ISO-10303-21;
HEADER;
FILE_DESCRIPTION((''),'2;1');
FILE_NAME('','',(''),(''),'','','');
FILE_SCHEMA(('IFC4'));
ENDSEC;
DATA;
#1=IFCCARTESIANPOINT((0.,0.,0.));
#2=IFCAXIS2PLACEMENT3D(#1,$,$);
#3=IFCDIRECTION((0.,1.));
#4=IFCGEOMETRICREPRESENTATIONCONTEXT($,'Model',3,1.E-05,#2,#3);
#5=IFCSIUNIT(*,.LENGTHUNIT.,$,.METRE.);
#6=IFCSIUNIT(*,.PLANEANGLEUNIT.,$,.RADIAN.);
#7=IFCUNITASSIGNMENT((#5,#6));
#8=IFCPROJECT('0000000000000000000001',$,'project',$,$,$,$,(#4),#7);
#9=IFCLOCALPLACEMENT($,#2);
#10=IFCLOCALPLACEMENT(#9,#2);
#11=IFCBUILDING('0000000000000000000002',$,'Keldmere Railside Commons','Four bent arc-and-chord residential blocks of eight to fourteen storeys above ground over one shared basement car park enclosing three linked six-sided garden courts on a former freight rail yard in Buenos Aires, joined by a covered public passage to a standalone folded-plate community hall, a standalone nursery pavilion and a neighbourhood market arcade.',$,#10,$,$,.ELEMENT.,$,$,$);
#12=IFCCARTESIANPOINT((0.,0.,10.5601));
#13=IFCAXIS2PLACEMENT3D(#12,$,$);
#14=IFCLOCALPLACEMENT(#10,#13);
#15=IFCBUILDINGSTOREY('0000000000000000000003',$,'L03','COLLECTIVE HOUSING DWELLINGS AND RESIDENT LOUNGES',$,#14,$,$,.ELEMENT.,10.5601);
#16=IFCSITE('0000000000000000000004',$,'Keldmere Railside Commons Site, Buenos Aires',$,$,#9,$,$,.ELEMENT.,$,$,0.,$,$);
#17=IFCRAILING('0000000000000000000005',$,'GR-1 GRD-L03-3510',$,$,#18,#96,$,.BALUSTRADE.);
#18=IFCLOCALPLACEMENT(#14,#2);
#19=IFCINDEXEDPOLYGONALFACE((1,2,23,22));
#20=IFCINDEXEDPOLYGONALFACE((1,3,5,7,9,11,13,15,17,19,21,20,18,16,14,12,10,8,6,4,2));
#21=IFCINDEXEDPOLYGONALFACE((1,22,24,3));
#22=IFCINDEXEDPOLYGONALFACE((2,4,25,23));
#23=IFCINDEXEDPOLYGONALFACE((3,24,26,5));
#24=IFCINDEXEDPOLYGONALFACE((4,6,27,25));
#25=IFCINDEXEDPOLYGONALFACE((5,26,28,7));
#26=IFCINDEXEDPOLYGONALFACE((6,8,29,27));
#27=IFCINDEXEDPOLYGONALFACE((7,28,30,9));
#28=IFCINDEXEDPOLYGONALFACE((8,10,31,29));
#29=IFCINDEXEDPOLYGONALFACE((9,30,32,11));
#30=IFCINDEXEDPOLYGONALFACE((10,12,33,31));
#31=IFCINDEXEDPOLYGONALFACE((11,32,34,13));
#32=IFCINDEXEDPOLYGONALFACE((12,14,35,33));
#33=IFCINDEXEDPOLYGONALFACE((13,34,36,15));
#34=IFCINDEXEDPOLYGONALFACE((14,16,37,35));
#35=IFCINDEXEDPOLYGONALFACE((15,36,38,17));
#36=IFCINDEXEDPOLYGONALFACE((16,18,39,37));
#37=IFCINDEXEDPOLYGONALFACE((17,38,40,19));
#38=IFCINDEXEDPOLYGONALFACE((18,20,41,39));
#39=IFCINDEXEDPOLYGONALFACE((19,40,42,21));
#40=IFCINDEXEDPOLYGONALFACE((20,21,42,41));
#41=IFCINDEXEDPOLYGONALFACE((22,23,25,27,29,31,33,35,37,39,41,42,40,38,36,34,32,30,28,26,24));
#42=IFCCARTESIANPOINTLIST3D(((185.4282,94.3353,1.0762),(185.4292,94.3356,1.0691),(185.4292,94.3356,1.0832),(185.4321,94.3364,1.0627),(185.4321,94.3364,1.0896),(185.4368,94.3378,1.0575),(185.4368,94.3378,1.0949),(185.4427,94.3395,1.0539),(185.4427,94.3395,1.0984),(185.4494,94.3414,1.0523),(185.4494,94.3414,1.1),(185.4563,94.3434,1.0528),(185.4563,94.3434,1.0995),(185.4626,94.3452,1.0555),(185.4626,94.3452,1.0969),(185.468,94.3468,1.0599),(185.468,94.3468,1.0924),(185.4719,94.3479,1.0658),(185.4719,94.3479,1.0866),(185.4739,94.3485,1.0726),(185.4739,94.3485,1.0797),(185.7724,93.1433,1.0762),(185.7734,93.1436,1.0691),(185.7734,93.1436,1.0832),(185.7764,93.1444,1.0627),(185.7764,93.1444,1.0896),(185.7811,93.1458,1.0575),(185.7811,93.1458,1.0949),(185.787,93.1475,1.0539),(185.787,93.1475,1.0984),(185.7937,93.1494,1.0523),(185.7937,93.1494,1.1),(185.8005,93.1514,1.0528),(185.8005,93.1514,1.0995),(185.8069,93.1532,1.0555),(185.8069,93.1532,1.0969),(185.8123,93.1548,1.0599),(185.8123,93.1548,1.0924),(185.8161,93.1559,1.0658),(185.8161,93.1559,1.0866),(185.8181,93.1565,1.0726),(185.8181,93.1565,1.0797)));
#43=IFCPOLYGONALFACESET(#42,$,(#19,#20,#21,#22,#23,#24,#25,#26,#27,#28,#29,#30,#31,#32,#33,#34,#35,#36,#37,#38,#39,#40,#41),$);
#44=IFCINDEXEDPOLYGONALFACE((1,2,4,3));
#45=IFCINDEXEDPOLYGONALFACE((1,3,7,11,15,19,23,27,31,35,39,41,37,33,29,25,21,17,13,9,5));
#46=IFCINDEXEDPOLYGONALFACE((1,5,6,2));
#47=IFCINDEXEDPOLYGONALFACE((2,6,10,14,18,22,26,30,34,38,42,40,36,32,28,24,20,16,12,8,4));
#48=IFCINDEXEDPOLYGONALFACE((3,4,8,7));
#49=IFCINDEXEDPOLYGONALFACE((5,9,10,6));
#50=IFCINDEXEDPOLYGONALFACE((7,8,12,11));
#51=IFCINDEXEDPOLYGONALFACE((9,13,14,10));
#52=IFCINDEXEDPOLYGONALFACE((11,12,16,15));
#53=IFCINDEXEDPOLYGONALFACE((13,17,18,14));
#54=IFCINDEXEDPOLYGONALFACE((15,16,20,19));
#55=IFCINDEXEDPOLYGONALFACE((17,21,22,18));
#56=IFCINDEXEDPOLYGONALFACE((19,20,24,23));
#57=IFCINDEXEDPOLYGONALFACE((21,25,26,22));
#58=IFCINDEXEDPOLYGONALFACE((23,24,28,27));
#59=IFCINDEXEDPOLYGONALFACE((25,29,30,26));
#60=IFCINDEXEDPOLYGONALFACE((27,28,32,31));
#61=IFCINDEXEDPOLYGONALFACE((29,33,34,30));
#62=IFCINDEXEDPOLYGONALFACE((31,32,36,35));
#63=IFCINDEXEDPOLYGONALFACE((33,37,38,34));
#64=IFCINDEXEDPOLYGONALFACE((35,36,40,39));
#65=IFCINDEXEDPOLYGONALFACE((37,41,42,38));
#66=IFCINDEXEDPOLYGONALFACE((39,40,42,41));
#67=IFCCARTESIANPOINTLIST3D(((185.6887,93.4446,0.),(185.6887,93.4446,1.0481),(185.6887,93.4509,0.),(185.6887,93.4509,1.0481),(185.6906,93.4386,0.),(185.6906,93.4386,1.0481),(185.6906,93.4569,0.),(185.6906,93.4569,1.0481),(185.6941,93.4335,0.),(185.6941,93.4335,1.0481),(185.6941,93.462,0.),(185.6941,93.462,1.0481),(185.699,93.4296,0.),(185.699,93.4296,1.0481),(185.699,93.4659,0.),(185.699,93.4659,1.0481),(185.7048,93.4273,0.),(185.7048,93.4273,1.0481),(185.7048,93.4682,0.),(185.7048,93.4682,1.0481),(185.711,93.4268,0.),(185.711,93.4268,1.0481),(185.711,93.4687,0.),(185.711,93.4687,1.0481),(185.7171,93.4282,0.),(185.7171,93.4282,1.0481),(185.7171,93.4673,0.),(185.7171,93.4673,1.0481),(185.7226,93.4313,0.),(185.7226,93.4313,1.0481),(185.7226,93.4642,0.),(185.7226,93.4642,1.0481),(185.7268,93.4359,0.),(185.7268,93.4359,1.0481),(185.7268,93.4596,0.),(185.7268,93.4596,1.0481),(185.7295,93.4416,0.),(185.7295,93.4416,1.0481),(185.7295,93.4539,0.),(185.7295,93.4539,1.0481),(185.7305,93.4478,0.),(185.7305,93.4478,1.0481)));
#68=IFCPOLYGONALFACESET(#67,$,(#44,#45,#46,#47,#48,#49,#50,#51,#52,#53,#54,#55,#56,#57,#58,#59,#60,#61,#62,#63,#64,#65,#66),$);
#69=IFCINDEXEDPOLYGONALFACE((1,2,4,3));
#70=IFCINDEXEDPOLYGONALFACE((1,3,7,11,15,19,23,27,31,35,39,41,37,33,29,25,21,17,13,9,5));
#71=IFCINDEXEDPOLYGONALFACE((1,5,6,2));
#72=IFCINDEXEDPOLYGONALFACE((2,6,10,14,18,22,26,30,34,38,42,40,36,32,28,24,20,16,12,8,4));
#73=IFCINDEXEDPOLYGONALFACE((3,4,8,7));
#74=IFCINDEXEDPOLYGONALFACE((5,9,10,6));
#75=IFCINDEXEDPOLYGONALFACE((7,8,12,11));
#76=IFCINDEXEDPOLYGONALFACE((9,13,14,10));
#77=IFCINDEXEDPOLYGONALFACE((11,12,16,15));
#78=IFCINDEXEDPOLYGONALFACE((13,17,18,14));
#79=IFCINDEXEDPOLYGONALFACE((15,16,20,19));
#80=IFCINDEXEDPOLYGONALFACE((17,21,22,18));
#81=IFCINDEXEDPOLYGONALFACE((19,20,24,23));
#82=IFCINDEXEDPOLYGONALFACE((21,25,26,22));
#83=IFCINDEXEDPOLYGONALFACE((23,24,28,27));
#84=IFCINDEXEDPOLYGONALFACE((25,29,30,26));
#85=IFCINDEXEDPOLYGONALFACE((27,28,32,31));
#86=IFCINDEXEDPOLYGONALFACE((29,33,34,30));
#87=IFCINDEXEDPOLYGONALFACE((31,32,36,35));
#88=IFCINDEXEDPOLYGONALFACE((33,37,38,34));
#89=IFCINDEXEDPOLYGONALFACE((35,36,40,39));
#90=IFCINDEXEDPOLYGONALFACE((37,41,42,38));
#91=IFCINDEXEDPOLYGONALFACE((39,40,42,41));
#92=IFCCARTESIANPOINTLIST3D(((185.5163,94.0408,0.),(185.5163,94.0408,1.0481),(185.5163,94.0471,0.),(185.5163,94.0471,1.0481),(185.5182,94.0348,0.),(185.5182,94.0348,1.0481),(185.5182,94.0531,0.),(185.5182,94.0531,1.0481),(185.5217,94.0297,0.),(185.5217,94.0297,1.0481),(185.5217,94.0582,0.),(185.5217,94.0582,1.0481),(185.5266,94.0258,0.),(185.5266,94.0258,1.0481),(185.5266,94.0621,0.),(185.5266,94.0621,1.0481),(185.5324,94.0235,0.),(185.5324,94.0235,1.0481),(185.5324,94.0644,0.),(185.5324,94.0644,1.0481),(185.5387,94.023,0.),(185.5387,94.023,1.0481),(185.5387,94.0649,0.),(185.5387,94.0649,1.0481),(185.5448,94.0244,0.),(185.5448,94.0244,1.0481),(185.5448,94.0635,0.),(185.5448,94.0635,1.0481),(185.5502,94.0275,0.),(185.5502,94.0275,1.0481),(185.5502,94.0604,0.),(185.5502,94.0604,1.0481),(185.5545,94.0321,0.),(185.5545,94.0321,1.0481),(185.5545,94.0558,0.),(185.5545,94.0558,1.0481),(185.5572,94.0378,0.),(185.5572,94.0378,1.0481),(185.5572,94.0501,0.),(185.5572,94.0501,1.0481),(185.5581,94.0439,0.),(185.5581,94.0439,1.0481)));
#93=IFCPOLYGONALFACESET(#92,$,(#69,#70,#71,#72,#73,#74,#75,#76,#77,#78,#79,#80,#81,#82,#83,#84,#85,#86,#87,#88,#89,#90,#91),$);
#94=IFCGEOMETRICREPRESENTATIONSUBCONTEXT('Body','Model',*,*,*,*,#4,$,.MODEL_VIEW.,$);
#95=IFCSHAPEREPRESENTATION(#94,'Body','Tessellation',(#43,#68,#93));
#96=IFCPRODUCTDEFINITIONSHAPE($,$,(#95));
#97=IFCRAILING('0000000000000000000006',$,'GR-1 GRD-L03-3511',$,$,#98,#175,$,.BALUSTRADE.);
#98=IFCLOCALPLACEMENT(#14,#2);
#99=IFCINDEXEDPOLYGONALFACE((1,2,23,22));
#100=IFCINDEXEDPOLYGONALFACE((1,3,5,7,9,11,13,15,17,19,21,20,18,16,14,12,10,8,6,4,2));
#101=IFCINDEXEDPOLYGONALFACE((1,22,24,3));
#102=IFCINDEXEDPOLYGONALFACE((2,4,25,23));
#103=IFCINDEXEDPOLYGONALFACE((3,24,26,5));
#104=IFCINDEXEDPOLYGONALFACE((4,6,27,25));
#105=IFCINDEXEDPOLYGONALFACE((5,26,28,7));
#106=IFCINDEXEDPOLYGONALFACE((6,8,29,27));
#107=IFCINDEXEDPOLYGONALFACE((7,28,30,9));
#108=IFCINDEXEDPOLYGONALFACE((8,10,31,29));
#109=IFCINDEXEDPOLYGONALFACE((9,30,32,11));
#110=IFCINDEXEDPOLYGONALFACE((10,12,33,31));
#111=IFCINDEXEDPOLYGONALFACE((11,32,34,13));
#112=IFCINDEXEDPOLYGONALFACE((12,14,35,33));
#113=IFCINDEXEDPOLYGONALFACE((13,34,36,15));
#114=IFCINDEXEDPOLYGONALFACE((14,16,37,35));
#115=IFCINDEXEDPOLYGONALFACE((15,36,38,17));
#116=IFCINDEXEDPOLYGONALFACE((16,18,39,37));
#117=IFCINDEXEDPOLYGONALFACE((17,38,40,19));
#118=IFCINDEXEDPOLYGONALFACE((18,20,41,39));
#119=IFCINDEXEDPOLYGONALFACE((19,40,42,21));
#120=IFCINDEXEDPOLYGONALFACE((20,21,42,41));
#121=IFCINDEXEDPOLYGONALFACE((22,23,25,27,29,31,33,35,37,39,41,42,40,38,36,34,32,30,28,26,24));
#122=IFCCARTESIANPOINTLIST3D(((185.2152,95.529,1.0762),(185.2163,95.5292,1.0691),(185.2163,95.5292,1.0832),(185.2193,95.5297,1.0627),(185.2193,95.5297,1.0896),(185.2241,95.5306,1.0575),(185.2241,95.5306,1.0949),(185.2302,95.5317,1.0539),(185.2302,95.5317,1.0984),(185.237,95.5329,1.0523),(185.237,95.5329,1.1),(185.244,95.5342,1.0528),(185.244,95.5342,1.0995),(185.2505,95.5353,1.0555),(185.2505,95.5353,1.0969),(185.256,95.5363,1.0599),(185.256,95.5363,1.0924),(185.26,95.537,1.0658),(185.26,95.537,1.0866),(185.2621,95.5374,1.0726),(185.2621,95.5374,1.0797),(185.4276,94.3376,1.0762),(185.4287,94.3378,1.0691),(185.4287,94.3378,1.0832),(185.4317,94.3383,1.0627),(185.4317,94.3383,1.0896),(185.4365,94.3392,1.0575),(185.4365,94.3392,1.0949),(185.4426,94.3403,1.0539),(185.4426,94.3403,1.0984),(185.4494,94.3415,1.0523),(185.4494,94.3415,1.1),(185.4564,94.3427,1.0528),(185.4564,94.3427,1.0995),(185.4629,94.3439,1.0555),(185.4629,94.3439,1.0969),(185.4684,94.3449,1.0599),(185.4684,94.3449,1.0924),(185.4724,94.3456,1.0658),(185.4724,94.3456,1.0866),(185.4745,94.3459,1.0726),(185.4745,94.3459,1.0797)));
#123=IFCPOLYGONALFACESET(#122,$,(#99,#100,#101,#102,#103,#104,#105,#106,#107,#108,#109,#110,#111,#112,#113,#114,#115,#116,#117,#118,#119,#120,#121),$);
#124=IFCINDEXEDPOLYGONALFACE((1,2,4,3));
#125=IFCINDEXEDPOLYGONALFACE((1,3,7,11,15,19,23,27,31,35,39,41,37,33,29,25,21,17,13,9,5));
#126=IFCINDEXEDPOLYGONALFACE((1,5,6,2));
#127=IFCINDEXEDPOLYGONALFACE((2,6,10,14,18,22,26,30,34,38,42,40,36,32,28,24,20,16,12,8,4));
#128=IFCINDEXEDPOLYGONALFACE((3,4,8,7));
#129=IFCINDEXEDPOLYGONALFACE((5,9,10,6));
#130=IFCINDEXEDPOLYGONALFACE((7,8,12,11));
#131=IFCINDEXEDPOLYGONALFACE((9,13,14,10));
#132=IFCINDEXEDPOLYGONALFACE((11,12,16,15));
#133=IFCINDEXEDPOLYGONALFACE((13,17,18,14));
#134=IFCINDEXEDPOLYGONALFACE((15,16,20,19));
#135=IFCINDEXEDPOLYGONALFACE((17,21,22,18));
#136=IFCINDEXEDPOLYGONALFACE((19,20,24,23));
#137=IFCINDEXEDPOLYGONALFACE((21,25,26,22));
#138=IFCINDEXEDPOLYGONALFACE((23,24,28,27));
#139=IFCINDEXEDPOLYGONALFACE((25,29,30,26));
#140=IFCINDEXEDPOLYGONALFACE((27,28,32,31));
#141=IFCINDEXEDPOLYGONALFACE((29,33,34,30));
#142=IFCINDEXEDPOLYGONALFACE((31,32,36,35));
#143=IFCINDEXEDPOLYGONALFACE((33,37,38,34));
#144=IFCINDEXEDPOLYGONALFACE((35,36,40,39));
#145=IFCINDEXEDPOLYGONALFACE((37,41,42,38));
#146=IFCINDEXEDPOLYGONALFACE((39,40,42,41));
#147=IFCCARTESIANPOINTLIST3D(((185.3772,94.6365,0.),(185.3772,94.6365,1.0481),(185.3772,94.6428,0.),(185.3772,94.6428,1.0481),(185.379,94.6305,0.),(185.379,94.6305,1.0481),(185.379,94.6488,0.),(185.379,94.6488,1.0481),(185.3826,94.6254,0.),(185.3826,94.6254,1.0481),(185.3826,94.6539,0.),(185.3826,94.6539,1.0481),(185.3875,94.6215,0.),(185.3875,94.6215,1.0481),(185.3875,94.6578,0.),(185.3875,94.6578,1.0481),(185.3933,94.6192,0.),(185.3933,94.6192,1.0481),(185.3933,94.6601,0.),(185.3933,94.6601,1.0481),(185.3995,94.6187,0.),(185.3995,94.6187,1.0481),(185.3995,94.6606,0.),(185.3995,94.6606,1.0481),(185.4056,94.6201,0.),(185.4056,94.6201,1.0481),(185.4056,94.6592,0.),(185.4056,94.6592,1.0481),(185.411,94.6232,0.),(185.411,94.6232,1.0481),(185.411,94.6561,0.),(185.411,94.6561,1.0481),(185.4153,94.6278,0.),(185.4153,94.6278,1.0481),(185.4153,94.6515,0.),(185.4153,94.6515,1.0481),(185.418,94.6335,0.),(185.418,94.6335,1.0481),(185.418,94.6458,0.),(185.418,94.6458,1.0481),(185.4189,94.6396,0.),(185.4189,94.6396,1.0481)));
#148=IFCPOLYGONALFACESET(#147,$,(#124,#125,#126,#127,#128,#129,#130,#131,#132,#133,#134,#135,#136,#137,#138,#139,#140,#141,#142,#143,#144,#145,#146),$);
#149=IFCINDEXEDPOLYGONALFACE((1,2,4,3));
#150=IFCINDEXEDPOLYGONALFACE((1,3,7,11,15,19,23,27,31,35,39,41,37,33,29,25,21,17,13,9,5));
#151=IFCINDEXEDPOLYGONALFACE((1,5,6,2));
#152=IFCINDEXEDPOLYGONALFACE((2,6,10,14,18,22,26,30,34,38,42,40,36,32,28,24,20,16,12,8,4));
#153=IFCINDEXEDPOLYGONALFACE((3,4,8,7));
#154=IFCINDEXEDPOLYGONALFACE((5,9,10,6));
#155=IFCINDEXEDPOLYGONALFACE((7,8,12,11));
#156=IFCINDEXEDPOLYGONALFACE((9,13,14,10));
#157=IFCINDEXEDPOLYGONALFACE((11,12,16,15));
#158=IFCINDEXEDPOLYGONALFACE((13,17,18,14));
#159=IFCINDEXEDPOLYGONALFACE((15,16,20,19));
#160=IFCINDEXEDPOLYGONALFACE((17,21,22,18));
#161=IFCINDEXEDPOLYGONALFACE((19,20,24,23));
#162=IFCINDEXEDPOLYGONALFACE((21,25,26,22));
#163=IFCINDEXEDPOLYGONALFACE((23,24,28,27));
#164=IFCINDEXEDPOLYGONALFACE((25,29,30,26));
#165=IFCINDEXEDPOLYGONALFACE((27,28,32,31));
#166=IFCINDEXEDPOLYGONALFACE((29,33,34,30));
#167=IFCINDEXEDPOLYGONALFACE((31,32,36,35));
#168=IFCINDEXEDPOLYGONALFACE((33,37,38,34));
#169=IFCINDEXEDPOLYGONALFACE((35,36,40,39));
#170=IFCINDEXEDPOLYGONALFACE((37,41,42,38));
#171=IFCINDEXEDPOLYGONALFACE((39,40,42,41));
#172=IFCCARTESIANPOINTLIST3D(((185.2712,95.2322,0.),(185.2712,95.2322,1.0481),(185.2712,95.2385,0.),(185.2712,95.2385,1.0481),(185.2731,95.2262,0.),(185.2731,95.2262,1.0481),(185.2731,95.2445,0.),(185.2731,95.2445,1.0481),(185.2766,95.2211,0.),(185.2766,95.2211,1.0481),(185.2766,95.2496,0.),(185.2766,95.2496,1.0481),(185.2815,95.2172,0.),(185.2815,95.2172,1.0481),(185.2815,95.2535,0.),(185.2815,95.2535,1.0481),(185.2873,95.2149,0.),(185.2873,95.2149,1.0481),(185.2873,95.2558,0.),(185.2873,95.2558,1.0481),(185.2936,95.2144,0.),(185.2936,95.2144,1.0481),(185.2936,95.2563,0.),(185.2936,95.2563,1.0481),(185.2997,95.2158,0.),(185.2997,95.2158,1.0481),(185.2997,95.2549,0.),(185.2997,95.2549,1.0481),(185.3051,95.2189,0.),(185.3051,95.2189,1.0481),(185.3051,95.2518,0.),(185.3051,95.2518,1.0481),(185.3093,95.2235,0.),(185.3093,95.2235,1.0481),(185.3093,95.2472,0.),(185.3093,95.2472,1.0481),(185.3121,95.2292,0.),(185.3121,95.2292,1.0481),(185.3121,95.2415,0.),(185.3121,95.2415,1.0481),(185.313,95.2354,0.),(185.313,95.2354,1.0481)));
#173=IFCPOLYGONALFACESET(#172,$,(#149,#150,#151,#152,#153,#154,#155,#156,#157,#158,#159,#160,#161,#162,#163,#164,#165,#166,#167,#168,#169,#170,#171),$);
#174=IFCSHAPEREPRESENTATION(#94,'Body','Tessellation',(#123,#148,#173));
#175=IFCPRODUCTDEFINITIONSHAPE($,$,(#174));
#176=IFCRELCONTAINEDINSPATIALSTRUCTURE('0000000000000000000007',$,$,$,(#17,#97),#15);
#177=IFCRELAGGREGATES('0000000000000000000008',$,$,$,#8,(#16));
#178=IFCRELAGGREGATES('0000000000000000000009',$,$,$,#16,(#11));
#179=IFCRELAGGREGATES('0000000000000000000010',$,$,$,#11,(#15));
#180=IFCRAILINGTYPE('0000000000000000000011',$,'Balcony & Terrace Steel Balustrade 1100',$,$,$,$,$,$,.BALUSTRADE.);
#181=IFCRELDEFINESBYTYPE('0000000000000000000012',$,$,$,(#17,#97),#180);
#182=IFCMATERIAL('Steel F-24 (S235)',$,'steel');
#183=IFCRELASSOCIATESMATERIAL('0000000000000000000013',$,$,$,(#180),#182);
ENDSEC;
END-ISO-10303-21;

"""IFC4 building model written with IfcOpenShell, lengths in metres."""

from ifc_helpers import new_model, si_unit, direction, frame, origin, origin_2d, place, context, subcontext, project, spatial, circle, extrude, material, type_object, element, save


model = new_model("IFC4")

# Units and contexts
model_context = context("Model", 3, precision=1e-05, world=origin(), true_north=direction((0.0, 1.0)))
body_context = subcontext(model_context, "Body", "Model", "MODEL_VIEW")
ifc_project = project(units=[si_unit("LENGTHUNIT", "METRE"), si_unit("PLANEANGLEUNIT", "RADIAN")], contexts=[model_context])

# Site, building, storey
site_placement = place(None, origin())
site = spatial("IfcSite", under=ifc_project, at=site_placement, Name="Keldmere Railside Commons Site, Buenos Aires", CompositionType="ELEMENT", RefElevation=0.0)
building_placement = place(site_placement, origin())
building = spatial("IfcBuilding", under=site, at=building_placement, Name="Keldmere Railside Commons", Description="Four bent arc-and-chord residential blocks of eight to fourteen storeys above ground over one shared basement car park enclosing three linked six-sided garden courts on a former freight rail yard in Buenos Aires, joined by a covered public passage to a standalone folded-plate community hall, a standalone nursery pavilion and a neighbourhood market arcade.", CompositionType="ELEMENT")
storey_placement = place(building_placement, frame((0.0, 0.0, 10.5601)))
storey = spatial("IfcBuildingStorey", under=building, at=storey_placement, Name="L03", Description="COLLECTIVE HOUSING DWELLINGS AND RESIDENT LOUNGES", CompositionType="ELEMENT", Elevation=10.5601)

# Railings
ifc_material_1 = material(Name="Steel F-24 (S235)", Category="steel")
railing_type = type_object("IfcRailingType", Name="Balcony & Terrace Steel Balustrade 1100", PredefinedType="BALUSTRADE", material=ifc_material_1)
railing_1_placement = place(storey_placement, frame((185.7954, 93.1499, 0.0)))
element("IfcRailing", 1, at=railing_1_placement, inside=storey, type_object=railing_type, Name="GR-1 GRD-L03-3510", PredefinedType="BALUSTRADE", context=body_context, shape_type="SweptSolid", body=[
    extrude(circle(Radius=0.0239, at=origin_2d()), frame((0.0, 0.0, 1.0762), z_axis=(-0.277475, 0.960733, 0.0), x_axis=(-0.960733, -0.277475, 0.0)), (0.0, 0.0, 1.0), 1.2407),
    extrude(circle(Radius=0.021, at=origin_2d()), frame((-0.0859, 0.2979, 0.0)), (0.0, 0.0, 1.0), 1.0481),
    extrude(circle(Radius=0.021, at=origin_2d()), frame((-0.2583, 0.894, 0.0)), (0.0, 0.0, 1.0), 1.0481),
])
railing_2_placement = place(storey_placement, frame((185.4512, 94.3418, 0.0)))
element("IfcRailing", 2, at=railing_2_placement, inside=storey, type_object=railing_type, Name="GR-1 GRD-L03-3511", PredefinedType="BALUSTRADE", context=body_context, shape_type="SweptSolid", body=[
    extrude(circle(Radius=0.0239, at=origin_2d()), frame((0.0, 0.0, 1.0762), z_axis=(-0.175511, 0.984477, 0.0), x_axis=(-0.984477, -0.175511, 0.0)), (0.0, 0.0, 1.0), 1.2102),
    extrude(circle(Radius=0.021, at=origin_2d()), frame((-0.0532, 0.2979, 0.0)), (0.0, 0.0, 1.0), 1.0481),
    extrude(circle(Radius=0.021, at=origin_2d()), frame((-0.1592, 0.8936, 0.0)), (0.0, 0.0, 1.0), 1.0481),
])

save(model, "model.ifc")
